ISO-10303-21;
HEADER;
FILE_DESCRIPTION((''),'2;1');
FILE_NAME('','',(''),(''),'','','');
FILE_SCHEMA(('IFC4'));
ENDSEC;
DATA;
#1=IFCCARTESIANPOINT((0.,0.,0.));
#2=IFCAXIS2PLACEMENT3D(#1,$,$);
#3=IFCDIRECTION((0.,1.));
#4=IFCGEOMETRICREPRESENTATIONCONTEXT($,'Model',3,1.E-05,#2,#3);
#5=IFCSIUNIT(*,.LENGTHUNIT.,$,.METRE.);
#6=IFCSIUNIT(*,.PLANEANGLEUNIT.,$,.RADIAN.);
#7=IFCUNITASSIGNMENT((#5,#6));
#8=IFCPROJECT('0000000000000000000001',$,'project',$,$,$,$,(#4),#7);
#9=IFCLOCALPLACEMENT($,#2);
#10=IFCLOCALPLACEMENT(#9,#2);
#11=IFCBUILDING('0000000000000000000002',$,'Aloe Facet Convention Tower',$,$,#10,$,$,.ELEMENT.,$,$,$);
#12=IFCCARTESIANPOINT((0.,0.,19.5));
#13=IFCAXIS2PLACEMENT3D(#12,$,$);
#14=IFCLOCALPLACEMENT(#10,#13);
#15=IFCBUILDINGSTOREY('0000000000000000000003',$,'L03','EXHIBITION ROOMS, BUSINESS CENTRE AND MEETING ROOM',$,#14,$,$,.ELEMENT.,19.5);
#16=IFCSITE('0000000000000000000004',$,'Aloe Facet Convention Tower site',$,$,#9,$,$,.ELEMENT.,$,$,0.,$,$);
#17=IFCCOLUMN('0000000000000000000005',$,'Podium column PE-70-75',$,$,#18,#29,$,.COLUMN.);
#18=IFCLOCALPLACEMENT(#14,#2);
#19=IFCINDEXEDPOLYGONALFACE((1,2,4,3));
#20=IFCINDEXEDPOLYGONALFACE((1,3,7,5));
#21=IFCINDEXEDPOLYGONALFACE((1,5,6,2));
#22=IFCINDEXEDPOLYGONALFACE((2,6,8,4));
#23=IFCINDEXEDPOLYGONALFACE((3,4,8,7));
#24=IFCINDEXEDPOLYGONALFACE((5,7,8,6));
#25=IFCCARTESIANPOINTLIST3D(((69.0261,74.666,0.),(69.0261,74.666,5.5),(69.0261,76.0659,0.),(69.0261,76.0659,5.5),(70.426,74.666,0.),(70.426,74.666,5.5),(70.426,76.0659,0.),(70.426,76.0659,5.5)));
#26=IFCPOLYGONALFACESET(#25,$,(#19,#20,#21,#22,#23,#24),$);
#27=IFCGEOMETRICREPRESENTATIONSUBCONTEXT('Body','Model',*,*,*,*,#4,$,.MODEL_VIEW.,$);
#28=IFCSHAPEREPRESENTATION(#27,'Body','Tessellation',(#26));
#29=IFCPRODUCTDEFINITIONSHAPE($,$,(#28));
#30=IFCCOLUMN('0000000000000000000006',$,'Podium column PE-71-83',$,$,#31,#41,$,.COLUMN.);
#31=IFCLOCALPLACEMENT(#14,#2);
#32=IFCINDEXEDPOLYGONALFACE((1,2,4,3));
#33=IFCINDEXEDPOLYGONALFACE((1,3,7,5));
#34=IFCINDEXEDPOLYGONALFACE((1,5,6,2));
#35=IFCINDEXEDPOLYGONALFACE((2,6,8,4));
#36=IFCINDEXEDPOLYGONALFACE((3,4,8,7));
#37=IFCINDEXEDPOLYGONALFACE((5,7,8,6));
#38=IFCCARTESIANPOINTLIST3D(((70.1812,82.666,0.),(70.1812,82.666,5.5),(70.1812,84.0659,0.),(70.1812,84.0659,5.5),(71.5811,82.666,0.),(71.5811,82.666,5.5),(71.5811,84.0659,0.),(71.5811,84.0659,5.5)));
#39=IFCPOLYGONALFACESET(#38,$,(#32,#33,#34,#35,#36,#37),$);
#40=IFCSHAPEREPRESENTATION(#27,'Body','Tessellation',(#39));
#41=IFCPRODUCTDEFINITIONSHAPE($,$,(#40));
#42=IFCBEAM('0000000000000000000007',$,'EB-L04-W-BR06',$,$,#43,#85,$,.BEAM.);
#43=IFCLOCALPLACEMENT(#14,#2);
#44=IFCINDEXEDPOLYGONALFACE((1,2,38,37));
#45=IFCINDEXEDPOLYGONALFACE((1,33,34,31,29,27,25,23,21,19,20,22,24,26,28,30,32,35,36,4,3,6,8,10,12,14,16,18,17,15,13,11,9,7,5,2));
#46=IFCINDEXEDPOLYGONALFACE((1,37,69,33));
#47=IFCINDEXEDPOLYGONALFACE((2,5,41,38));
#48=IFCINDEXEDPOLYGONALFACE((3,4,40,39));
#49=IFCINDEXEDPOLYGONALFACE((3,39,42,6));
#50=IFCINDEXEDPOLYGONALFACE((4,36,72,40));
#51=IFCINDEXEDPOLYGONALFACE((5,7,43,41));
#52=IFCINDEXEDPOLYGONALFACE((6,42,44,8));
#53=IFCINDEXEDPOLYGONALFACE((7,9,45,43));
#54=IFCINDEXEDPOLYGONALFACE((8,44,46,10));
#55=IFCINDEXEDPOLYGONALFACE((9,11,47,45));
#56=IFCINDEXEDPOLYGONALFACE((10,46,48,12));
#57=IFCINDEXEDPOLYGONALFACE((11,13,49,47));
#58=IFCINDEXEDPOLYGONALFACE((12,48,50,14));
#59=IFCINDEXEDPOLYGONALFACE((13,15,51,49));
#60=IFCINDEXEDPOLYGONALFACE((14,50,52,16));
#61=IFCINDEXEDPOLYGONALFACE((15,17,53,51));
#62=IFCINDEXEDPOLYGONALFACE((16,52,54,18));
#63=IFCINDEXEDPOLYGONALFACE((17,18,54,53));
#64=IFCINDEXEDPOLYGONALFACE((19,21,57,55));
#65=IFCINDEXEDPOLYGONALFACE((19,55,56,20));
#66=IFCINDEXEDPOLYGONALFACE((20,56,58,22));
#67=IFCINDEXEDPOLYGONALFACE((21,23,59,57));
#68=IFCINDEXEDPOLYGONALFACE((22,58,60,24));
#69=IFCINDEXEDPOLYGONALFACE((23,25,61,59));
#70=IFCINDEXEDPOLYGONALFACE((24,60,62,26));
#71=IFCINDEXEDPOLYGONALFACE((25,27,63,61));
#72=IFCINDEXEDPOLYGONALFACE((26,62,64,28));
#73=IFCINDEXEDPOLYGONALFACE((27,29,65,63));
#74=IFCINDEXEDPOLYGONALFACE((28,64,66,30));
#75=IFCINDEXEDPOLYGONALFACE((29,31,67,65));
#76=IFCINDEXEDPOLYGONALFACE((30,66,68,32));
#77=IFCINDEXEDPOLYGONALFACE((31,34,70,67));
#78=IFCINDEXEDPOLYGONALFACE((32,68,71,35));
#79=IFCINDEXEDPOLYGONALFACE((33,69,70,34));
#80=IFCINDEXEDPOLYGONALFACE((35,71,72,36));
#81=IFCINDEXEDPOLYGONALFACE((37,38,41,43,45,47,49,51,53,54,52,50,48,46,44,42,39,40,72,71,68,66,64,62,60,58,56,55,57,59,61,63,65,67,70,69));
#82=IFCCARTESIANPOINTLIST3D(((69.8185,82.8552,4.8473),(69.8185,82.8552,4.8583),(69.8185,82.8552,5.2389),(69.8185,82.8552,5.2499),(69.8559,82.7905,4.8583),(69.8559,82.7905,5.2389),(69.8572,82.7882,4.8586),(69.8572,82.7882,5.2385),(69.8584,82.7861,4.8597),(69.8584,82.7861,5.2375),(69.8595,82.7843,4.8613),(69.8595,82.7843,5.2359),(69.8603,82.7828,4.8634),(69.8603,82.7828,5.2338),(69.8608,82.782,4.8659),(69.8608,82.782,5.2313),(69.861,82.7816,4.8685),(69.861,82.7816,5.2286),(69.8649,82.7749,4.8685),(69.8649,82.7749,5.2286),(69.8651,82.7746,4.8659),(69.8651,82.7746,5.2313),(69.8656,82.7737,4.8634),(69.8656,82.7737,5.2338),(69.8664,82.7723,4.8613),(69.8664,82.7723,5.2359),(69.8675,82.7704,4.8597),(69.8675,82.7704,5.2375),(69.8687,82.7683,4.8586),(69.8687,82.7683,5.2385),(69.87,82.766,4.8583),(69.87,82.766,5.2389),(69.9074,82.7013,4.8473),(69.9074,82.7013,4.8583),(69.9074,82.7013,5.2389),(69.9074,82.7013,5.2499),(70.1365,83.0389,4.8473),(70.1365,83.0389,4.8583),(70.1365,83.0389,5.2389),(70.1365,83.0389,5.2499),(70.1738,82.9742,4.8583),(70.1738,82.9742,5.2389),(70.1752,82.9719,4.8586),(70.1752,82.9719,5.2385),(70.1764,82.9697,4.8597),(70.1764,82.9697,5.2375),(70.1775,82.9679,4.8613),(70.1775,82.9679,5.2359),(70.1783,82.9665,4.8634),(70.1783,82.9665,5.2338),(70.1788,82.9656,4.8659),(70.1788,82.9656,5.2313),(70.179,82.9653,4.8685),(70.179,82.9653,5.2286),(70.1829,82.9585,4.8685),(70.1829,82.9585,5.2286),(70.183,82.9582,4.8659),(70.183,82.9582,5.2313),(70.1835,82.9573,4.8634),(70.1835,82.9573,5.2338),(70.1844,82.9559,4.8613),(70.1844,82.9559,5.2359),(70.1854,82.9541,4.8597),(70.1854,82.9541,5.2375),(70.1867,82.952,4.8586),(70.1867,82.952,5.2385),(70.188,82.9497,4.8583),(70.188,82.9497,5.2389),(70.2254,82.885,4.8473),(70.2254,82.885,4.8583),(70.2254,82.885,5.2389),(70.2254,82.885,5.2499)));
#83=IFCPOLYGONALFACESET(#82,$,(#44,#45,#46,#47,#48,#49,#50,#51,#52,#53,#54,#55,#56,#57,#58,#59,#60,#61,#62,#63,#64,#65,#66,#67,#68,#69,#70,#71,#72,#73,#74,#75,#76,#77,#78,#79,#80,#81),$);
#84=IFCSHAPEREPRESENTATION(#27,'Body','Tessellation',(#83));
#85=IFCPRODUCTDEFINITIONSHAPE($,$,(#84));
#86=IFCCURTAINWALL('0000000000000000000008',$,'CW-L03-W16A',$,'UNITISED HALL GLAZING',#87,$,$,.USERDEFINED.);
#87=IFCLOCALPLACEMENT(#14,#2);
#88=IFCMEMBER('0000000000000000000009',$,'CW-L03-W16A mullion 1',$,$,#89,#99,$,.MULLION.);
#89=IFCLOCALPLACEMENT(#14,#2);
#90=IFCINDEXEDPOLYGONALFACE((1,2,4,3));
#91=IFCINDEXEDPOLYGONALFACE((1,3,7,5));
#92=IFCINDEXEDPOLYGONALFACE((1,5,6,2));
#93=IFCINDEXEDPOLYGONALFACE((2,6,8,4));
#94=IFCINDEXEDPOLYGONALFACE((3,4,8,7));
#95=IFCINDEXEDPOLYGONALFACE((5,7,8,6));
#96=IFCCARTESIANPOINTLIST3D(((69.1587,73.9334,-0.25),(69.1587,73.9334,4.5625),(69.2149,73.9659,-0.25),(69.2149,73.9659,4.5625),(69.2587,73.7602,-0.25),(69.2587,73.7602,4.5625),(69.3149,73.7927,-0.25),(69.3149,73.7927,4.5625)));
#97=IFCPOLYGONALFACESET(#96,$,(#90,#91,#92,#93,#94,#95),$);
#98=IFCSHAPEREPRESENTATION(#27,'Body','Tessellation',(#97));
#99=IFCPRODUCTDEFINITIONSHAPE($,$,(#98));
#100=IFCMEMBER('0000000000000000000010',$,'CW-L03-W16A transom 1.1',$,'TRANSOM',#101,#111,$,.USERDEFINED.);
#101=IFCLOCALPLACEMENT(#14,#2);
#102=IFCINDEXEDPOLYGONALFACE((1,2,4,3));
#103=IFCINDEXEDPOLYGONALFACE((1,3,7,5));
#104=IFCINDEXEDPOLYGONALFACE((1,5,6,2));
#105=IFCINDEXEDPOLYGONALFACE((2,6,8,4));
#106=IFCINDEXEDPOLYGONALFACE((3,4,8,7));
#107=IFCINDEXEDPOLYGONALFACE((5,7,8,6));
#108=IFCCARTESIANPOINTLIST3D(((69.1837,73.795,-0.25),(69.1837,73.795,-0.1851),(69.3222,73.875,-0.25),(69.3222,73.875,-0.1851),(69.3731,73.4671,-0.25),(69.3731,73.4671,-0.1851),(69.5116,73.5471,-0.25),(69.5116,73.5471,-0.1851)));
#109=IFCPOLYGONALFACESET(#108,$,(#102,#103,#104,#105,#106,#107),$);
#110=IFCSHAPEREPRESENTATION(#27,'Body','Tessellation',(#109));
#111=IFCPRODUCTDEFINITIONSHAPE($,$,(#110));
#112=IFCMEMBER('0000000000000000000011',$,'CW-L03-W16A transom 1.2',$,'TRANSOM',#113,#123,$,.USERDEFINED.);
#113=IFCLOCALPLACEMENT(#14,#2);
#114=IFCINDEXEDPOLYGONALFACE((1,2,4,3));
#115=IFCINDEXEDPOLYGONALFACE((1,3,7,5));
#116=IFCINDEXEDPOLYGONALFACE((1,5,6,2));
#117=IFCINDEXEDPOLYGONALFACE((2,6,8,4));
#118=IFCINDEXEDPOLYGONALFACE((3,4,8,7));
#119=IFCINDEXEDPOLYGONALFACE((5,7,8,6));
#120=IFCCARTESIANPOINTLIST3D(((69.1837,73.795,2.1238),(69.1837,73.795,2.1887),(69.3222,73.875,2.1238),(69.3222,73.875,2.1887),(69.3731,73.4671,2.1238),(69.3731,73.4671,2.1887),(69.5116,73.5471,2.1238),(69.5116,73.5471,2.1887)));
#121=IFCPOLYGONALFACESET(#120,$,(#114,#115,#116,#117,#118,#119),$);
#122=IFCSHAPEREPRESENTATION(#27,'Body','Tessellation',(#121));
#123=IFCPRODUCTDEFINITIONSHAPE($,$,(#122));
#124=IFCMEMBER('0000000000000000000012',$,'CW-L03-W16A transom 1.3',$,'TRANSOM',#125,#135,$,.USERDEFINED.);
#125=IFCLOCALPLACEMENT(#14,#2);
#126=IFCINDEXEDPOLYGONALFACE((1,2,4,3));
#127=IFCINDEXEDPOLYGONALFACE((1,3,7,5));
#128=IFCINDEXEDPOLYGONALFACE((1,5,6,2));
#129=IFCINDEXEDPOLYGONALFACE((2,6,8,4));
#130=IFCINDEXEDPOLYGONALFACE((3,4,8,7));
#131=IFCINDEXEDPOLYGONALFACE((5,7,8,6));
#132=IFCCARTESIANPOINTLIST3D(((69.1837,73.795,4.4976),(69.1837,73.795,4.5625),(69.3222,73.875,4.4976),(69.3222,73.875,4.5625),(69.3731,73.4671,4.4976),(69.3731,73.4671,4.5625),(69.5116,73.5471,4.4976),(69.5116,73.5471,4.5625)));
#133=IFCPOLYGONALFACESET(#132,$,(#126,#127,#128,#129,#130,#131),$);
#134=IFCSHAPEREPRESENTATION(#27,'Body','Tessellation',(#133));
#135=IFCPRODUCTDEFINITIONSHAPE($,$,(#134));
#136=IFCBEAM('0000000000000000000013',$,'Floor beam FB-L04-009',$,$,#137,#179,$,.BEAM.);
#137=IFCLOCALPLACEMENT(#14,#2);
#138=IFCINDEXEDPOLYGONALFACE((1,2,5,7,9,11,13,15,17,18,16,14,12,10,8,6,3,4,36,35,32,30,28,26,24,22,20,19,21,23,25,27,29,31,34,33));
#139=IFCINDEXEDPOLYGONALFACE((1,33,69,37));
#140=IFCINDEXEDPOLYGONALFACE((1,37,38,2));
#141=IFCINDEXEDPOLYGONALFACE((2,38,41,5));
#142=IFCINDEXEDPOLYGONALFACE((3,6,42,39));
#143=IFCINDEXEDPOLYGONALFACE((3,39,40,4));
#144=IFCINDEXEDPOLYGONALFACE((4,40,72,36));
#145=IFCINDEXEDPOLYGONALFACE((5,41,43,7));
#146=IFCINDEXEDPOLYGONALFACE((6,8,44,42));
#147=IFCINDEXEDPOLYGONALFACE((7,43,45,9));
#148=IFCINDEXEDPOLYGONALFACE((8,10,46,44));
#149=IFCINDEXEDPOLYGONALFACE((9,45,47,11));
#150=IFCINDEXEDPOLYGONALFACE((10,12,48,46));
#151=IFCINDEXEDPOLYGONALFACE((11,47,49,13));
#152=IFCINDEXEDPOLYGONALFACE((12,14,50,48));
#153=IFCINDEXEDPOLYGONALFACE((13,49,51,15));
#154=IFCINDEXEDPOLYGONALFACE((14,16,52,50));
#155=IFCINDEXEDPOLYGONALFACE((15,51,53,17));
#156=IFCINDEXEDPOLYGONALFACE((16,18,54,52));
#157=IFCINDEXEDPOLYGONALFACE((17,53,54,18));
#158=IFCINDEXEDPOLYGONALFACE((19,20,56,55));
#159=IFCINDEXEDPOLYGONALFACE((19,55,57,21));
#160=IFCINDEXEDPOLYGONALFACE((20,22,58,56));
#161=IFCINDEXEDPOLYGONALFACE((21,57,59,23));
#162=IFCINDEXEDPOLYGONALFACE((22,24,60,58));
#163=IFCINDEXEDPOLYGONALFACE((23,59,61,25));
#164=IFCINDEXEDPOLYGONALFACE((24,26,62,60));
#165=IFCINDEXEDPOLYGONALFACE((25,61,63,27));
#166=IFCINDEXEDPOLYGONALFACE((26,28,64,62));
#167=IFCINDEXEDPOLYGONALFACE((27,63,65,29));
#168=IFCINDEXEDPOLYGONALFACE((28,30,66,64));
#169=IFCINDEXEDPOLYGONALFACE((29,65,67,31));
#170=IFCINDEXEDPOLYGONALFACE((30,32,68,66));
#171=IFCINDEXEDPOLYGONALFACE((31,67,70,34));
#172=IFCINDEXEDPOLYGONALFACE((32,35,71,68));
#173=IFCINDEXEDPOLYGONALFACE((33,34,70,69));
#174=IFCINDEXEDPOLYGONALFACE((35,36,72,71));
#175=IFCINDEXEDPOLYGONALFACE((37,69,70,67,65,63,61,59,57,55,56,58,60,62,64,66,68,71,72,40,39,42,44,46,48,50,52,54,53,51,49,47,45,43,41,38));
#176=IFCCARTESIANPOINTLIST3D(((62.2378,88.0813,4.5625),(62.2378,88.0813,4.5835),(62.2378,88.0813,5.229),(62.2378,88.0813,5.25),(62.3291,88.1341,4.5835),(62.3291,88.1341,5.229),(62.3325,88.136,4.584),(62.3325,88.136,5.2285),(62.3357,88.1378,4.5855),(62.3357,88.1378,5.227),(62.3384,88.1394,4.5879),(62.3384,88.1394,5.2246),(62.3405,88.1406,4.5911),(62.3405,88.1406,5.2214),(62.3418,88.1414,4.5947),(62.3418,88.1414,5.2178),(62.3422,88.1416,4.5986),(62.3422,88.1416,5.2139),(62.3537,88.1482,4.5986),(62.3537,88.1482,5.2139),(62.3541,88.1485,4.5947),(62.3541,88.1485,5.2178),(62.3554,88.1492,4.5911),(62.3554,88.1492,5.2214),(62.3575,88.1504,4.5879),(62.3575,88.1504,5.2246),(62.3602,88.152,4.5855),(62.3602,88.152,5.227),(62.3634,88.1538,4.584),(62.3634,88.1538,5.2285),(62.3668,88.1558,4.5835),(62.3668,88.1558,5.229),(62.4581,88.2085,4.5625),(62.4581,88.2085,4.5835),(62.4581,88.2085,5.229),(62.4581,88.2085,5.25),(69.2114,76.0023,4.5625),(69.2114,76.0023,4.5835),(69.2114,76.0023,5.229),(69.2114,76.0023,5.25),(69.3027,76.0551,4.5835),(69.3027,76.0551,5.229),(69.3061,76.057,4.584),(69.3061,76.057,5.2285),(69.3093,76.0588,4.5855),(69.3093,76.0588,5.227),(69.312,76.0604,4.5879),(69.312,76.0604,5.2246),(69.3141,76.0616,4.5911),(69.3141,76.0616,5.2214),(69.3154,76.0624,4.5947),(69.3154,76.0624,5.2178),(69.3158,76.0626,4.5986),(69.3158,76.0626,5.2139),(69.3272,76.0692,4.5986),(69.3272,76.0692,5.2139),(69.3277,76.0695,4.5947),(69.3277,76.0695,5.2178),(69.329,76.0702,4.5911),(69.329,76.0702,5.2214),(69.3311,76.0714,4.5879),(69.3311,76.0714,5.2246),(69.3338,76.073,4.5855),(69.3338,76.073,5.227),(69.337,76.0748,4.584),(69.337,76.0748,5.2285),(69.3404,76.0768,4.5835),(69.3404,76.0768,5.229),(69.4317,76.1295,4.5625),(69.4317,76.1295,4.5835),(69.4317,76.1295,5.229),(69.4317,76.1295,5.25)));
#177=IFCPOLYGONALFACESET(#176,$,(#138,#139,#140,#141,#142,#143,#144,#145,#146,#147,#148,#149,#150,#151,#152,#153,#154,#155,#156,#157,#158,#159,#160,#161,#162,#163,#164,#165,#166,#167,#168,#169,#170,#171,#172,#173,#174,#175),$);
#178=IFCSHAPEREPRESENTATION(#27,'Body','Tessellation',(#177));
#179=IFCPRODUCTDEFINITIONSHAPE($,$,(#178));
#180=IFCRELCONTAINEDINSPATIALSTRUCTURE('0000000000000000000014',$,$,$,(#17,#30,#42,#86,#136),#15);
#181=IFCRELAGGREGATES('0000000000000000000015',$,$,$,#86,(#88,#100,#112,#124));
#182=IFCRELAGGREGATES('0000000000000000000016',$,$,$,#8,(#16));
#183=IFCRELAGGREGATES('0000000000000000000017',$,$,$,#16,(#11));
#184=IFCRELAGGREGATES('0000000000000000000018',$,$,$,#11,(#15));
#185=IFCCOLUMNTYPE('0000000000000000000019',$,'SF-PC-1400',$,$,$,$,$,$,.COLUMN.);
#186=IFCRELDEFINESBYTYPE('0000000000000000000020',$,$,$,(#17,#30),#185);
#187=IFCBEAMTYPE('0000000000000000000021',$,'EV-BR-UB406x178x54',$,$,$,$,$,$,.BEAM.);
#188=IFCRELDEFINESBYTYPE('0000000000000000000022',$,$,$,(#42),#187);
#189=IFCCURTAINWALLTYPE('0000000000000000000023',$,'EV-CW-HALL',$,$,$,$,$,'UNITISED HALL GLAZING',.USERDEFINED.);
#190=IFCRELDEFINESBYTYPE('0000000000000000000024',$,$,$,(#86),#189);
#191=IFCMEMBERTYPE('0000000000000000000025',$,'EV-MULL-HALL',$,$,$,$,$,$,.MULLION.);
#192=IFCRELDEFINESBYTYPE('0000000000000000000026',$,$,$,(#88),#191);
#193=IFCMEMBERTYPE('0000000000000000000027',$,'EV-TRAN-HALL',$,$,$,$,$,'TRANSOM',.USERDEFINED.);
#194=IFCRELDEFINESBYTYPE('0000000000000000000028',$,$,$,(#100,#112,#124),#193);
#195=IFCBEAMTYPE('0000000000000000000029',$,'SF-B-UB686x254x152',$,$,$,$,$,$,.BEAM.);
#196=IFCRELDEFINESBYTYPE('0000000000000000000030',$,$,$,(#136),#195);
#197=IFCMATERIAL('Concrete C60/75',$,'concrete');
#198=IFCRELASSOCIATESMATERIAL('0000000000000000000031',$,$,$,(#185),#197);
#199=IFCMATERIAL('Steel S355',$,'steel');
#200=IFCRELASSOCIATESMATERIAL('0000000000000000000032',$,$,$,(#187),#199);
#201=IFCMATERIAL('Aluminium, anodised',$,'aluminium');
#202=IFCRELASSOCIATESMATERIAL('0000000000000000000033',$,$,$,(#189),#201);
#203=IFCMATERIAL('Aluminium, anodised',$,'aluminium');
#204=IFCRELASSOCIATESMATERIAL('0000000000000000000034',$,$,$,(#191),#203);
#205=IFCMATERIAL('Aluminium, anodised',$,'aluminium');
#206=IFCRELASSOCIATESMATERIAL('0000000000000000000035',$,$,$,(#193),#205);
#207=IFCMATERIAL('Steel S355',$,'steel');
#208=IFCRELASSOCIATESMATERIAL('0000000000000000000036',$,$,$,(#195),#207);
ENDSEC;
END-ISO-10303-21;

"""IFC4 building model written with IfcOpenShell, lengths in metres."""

from ifc_helpers import new_model, si_unit, direction, frame, origin, origin_2d, place, context, subcontext, project, spatial, rectangle, i_section, extrude, material, material_profile, profile_set, type_object, element, aggregate, save


model = new_model("IFC4")

# Units and contexts
model_context = context("Model", 3, precision=1e-05, world=origin(), true_north=direction((0.0, 1.0)))
body_context = subcontext(model_context, "Body", "Model", "MODEL_VIEW")
ifc_project = project(units=[si_unit("LENGTHUNIT", "METRE"), si_unit("PLANEANGLEUNIT", "RADIAN")], contexts=[model_context])

# Site, building, storey
site_placement = place(None, origin())
site = spatial("IfcSite", under=ifc_project, at=site_placement, Name="Aloe Facet Convention Tower site", CompositionType="ELEMENT", RefElevation=0.0)
building_placement = place(site_placement, origin())
building = spatial("IfcBuilding", under=site, at=building_placement, Name="Aloe Facet Convention Tower", CompositionType="ELEMENT")
storey_placement = place(building_placement, frame((0.0, 0.0, 19.5)))
storey = spatial("IfcBuildingStorey", under=building, at=storey_placement, Name="L03", Description="EXHIBITION ROOMS, BUSINESS CENTRE AND MEETING ROOM", CompositionType="ELEMENT", Elevation=19.5)

# Columns
ifc_material_1 = material(Name="Concrete C60/75", Category="concrete")
ifc_material_profile_1 = material_profile(ifc_material_1, rectangle(XDim=1.3999, YDim=1.3999, at=origin_2d()), Name="SF-PC-1400")
ifc_profile_set_1 = profile_set([ifc_material_profile_1], Name="Concrete C60/75")
column_type = type_object("IfcColumnType", Name="SF-PC-1400", PredefinedType="COLUMN", material=ifc_profile_set_1)
for number, where, z_axis, x_axis, name in (
    (1, (69.7261, 75.366, 0.0), (0.0, 0.0, 1.0), (1.0, 0.0, 0.0), "Podium column PE-70-75"),
    (2, (70.8811, 83.366, 0.0), (0.0, 0.0, 1.0), (1.0, 0.0, 0.0), "Podium column PE-71-83"),
):
    element("IfcColumn", number, at=place(storey_placement, frame(where, z_axis=z_axis, x_axis=x_axis)), inside=storey, type_object=column_type, Name=name, PredefinedType="COLUMN", context=body_context, shape_type="SweptSolid", body=[
        extrude(rectangle(XDim=1.3999, YDim=1.3999, at=origin_2d()), origin(), (0.0, 0.0, 1.0), 5.5),
    ])

# Beam
ifc_material_2 = material(Name="Steel S355", Category="steel")
ifc_material_profile_2 = material_profile(ifc_material_2, i_section(OverallWidth=0.1777, OverallDepth=0.4026, WebThickness=0.0078, FlangeThickness=0.011, FilletRadius=0.0103, at=origin_2d()), Name="UB 406x178x54")
ifc_profile_set_2 = profile_set([ifc_material_profile_2], Name="Steel S355")
beam_type_1 = type_object("IfcBeamType", Name="EV-BR-UB406x178x54", PredefinedType="BEAM", material=ifc_profile_set_2)
beam_1_placement = place(storey_placement, frame((70.1809, 82.9619, 5.0486), z_axis=(-0.865942, -0.500145, 0.0), x_axis=(0.500145, -0.865942, 0.0)))
element("IfcBeam", 3, at=beam_1_placement, inside=storey, type_object=beam_type_1, Name="EB-L04-W-BR06", PredefinedType="BEAM", context=body_context, shape_type="SweptSolid", body=[
    extrude(i_section(OverallWidth=0.1777, OverallDepth=0.4026, WebThickness=0.0078, FlangeThickness=0.011, FilletRadius=0.0103, at=origin_2d()), origin(), (0.0, 0.0, 1.0), 0.3672),
])

# Curtain wall, members
ifc_material_3 = material(Name="Aluminium, anodised", Category="aluminium")
curtain_wall_type = type_object("IfcCurtainWallType", Name="EV-CW-HALL", ElementType="UNITISED HALL GLAZING", PredefinedType="USERDEFINED", material=ifc_material_3)
curtain_wall_placement = place(storey_placement, origin())
curtain_wall = element("IfcCurtainWall", 4, at=curtain_wall_placement, inside=storey, type_object=curtain_wall_type, Name="CW-L03-W16A", ObjectType="UNITISED HALL GLAZING", PredefinedType="USERDEFINED")
ifc_material_4 = material(Name="Aluminium, anodised", Category="aluminium")
ifc_material_profile_3 = material_profile(ifc_material_4, rectangle(XDim=0.0649, YDim=0.2, at=origin_2d()), Name="AL 65x200")
ifc_profile_set_3 = profile_set([ifc_material_profile_3], Name="Aluminium, anodised")
member_type_1 = type_object("IfcMemberType", Name="EV-MULL-HALL", PredefinedType="MULLION", material=ifc_profile_set_3)
member_1_placement = place(storey_placement, frame((69.2368, 73.863, -0.25), z_axis=(0.0, 0.0, 1.0), x_axis=(0.866025, 0.5, 0.0)))
member_1 = element("IfcMember", 5, at=member_1_placement, type_object=member_type_1, Name="CW-L03-W16A mullion 1", PredefinedType="MULLION", context=body_context, shape_type="SweptSolid", body=[
    extrude(rectangle(XDim=0.0649, YDim=0.2, at=origin_2d()), origin(), (0.0, 0.0, 1.0), 4.8125),
])
ifc_material_5 = material(Name="Aluminium, anodised", Category="aluminium")
ifc_material_profile_4 = material_profile(ifc_material_5, rectangle(XDim=0.1599, YDim=0.0649, at=origin_2d()), Name="AL 160x65")
ifc_profile_set_4 = profile_set([ifc_material_profile_4], Name="Aluminium, anodised")
member_type_2 = type_object("IfcMemberType", Name="EV-TRAN-HALL", ElementType="TRANSOM", PredefinedType="USERDEFINED", material=ifc_profile_set_4)
member_2_placement = place(storey_placement, frame((69.2529, 73.835, -0.2175), z_axis=(0.500299, -0.865853, 0.0), x_axis=(0.865853, 0.500299, 0.0)))
member_2 = element("IfcMember", 6, at=member_2_placement, type_object=member_type_2, Name="CW-L03-W16A transom 1.1", ObjectType="TRANSOM", PredefinedType="USERDEFINED", context=body_context, shape_type="SweptSolid", body=[
    extrude(rectangle(XDim=0.1599, YDim=0.0649, at=origin_2d()), origin(), (0.0, 0.0, 1.0), 0.3787),
])
member_3_placement = place(storey_placement, frame((69.2529, 73.835, 2.1562), z_axis=(0.500299, -0.865853, 0.0), x_axis=(0.865853, 0.500299, 0.0)))
member_3 = element("IfcMember", 7, at=member_3_placement, type_object=member_type_2, Name="CW-L03-W16A transom 1.2", ObjectType="TRANSOM", PredefinedType="USERDEFINED", context=body_context, shape_type="SweptSolid", body=[
    extrude(rectangle(XDim=0.1599, YDim=0.0649, at=origin_2d()), origin(), (0.0, 0.0, 1.0), 0.3787),
])
member_4_placement = place(storey_placement, frame((69.2529, 73.835, 4.53), z_axis=(0.500299, -0.865853, 0.0), x_axis=(0.865853, 0.500299, 0.0)))
member_4 = element("IfcMember", 8, at=member_4_placement, type_object=member_type_2, Name="CW-L03-W16A transom 1.3", ObjectType="TRANSOM", PredefinedType="USERDEFINED", context=body_context, shape_type="SweptSolid", body=[
    extrude(rectangle(XDim=0.1599, YDim=0.0649, at=origin_2d()), origin(), (0.0, 0.0, 1.0), 0.3787),
])

# Beam
ifc_material_6 = material(Name="Steel S355", Category="steel")
ifc_material_profile_5 = material_profile(ifc_material_6, i_section(OverallWidth=0.2544, OverallDepth=0.6875, WebThickness=0.0132, FlangeThickness=0.021, FilletRadius=0.0151, at=origin_2d()), Name="UB 686x254x152")
ifc_profile_set_5 = profile_set([ifc_material_profile_5], Name="Steel S355")
beam_type_2 = type_object("IfcBeamType", Name="SF-B-UB686x254x152", PredefinedType="BEAM", material=ifc_profile_set_5)
beam_2_placement = place(storey_placement, frame((69.3215, 76.0659, 4.9062), z_axis=(-0.499987, 0.866033, 0.0), x_axis=(-0.866033, -0.499987, 0.0)))
element("IfcBeam", 9, at=beam_2_placement, inside=storey, type_object=beam_type_2, Name="Floor beam FB-L04-009", PredefinedType="BEAM", context=body_context, shape_type="SweptSolid", body=[
    extrude(i_section(OverallWidth=0.2544, OverallDepth=0.6875, WebThickness=0.0132, FlangeThickness=0.021, FilletRadius=0.0151, at=origin_2d()), origin(), (0.0, 0.0, 1.0), 13.9475),
])

aggregate(curtain_wall, [member_1, member_2, member_3, member_4])

save(model, "model.ifc")
